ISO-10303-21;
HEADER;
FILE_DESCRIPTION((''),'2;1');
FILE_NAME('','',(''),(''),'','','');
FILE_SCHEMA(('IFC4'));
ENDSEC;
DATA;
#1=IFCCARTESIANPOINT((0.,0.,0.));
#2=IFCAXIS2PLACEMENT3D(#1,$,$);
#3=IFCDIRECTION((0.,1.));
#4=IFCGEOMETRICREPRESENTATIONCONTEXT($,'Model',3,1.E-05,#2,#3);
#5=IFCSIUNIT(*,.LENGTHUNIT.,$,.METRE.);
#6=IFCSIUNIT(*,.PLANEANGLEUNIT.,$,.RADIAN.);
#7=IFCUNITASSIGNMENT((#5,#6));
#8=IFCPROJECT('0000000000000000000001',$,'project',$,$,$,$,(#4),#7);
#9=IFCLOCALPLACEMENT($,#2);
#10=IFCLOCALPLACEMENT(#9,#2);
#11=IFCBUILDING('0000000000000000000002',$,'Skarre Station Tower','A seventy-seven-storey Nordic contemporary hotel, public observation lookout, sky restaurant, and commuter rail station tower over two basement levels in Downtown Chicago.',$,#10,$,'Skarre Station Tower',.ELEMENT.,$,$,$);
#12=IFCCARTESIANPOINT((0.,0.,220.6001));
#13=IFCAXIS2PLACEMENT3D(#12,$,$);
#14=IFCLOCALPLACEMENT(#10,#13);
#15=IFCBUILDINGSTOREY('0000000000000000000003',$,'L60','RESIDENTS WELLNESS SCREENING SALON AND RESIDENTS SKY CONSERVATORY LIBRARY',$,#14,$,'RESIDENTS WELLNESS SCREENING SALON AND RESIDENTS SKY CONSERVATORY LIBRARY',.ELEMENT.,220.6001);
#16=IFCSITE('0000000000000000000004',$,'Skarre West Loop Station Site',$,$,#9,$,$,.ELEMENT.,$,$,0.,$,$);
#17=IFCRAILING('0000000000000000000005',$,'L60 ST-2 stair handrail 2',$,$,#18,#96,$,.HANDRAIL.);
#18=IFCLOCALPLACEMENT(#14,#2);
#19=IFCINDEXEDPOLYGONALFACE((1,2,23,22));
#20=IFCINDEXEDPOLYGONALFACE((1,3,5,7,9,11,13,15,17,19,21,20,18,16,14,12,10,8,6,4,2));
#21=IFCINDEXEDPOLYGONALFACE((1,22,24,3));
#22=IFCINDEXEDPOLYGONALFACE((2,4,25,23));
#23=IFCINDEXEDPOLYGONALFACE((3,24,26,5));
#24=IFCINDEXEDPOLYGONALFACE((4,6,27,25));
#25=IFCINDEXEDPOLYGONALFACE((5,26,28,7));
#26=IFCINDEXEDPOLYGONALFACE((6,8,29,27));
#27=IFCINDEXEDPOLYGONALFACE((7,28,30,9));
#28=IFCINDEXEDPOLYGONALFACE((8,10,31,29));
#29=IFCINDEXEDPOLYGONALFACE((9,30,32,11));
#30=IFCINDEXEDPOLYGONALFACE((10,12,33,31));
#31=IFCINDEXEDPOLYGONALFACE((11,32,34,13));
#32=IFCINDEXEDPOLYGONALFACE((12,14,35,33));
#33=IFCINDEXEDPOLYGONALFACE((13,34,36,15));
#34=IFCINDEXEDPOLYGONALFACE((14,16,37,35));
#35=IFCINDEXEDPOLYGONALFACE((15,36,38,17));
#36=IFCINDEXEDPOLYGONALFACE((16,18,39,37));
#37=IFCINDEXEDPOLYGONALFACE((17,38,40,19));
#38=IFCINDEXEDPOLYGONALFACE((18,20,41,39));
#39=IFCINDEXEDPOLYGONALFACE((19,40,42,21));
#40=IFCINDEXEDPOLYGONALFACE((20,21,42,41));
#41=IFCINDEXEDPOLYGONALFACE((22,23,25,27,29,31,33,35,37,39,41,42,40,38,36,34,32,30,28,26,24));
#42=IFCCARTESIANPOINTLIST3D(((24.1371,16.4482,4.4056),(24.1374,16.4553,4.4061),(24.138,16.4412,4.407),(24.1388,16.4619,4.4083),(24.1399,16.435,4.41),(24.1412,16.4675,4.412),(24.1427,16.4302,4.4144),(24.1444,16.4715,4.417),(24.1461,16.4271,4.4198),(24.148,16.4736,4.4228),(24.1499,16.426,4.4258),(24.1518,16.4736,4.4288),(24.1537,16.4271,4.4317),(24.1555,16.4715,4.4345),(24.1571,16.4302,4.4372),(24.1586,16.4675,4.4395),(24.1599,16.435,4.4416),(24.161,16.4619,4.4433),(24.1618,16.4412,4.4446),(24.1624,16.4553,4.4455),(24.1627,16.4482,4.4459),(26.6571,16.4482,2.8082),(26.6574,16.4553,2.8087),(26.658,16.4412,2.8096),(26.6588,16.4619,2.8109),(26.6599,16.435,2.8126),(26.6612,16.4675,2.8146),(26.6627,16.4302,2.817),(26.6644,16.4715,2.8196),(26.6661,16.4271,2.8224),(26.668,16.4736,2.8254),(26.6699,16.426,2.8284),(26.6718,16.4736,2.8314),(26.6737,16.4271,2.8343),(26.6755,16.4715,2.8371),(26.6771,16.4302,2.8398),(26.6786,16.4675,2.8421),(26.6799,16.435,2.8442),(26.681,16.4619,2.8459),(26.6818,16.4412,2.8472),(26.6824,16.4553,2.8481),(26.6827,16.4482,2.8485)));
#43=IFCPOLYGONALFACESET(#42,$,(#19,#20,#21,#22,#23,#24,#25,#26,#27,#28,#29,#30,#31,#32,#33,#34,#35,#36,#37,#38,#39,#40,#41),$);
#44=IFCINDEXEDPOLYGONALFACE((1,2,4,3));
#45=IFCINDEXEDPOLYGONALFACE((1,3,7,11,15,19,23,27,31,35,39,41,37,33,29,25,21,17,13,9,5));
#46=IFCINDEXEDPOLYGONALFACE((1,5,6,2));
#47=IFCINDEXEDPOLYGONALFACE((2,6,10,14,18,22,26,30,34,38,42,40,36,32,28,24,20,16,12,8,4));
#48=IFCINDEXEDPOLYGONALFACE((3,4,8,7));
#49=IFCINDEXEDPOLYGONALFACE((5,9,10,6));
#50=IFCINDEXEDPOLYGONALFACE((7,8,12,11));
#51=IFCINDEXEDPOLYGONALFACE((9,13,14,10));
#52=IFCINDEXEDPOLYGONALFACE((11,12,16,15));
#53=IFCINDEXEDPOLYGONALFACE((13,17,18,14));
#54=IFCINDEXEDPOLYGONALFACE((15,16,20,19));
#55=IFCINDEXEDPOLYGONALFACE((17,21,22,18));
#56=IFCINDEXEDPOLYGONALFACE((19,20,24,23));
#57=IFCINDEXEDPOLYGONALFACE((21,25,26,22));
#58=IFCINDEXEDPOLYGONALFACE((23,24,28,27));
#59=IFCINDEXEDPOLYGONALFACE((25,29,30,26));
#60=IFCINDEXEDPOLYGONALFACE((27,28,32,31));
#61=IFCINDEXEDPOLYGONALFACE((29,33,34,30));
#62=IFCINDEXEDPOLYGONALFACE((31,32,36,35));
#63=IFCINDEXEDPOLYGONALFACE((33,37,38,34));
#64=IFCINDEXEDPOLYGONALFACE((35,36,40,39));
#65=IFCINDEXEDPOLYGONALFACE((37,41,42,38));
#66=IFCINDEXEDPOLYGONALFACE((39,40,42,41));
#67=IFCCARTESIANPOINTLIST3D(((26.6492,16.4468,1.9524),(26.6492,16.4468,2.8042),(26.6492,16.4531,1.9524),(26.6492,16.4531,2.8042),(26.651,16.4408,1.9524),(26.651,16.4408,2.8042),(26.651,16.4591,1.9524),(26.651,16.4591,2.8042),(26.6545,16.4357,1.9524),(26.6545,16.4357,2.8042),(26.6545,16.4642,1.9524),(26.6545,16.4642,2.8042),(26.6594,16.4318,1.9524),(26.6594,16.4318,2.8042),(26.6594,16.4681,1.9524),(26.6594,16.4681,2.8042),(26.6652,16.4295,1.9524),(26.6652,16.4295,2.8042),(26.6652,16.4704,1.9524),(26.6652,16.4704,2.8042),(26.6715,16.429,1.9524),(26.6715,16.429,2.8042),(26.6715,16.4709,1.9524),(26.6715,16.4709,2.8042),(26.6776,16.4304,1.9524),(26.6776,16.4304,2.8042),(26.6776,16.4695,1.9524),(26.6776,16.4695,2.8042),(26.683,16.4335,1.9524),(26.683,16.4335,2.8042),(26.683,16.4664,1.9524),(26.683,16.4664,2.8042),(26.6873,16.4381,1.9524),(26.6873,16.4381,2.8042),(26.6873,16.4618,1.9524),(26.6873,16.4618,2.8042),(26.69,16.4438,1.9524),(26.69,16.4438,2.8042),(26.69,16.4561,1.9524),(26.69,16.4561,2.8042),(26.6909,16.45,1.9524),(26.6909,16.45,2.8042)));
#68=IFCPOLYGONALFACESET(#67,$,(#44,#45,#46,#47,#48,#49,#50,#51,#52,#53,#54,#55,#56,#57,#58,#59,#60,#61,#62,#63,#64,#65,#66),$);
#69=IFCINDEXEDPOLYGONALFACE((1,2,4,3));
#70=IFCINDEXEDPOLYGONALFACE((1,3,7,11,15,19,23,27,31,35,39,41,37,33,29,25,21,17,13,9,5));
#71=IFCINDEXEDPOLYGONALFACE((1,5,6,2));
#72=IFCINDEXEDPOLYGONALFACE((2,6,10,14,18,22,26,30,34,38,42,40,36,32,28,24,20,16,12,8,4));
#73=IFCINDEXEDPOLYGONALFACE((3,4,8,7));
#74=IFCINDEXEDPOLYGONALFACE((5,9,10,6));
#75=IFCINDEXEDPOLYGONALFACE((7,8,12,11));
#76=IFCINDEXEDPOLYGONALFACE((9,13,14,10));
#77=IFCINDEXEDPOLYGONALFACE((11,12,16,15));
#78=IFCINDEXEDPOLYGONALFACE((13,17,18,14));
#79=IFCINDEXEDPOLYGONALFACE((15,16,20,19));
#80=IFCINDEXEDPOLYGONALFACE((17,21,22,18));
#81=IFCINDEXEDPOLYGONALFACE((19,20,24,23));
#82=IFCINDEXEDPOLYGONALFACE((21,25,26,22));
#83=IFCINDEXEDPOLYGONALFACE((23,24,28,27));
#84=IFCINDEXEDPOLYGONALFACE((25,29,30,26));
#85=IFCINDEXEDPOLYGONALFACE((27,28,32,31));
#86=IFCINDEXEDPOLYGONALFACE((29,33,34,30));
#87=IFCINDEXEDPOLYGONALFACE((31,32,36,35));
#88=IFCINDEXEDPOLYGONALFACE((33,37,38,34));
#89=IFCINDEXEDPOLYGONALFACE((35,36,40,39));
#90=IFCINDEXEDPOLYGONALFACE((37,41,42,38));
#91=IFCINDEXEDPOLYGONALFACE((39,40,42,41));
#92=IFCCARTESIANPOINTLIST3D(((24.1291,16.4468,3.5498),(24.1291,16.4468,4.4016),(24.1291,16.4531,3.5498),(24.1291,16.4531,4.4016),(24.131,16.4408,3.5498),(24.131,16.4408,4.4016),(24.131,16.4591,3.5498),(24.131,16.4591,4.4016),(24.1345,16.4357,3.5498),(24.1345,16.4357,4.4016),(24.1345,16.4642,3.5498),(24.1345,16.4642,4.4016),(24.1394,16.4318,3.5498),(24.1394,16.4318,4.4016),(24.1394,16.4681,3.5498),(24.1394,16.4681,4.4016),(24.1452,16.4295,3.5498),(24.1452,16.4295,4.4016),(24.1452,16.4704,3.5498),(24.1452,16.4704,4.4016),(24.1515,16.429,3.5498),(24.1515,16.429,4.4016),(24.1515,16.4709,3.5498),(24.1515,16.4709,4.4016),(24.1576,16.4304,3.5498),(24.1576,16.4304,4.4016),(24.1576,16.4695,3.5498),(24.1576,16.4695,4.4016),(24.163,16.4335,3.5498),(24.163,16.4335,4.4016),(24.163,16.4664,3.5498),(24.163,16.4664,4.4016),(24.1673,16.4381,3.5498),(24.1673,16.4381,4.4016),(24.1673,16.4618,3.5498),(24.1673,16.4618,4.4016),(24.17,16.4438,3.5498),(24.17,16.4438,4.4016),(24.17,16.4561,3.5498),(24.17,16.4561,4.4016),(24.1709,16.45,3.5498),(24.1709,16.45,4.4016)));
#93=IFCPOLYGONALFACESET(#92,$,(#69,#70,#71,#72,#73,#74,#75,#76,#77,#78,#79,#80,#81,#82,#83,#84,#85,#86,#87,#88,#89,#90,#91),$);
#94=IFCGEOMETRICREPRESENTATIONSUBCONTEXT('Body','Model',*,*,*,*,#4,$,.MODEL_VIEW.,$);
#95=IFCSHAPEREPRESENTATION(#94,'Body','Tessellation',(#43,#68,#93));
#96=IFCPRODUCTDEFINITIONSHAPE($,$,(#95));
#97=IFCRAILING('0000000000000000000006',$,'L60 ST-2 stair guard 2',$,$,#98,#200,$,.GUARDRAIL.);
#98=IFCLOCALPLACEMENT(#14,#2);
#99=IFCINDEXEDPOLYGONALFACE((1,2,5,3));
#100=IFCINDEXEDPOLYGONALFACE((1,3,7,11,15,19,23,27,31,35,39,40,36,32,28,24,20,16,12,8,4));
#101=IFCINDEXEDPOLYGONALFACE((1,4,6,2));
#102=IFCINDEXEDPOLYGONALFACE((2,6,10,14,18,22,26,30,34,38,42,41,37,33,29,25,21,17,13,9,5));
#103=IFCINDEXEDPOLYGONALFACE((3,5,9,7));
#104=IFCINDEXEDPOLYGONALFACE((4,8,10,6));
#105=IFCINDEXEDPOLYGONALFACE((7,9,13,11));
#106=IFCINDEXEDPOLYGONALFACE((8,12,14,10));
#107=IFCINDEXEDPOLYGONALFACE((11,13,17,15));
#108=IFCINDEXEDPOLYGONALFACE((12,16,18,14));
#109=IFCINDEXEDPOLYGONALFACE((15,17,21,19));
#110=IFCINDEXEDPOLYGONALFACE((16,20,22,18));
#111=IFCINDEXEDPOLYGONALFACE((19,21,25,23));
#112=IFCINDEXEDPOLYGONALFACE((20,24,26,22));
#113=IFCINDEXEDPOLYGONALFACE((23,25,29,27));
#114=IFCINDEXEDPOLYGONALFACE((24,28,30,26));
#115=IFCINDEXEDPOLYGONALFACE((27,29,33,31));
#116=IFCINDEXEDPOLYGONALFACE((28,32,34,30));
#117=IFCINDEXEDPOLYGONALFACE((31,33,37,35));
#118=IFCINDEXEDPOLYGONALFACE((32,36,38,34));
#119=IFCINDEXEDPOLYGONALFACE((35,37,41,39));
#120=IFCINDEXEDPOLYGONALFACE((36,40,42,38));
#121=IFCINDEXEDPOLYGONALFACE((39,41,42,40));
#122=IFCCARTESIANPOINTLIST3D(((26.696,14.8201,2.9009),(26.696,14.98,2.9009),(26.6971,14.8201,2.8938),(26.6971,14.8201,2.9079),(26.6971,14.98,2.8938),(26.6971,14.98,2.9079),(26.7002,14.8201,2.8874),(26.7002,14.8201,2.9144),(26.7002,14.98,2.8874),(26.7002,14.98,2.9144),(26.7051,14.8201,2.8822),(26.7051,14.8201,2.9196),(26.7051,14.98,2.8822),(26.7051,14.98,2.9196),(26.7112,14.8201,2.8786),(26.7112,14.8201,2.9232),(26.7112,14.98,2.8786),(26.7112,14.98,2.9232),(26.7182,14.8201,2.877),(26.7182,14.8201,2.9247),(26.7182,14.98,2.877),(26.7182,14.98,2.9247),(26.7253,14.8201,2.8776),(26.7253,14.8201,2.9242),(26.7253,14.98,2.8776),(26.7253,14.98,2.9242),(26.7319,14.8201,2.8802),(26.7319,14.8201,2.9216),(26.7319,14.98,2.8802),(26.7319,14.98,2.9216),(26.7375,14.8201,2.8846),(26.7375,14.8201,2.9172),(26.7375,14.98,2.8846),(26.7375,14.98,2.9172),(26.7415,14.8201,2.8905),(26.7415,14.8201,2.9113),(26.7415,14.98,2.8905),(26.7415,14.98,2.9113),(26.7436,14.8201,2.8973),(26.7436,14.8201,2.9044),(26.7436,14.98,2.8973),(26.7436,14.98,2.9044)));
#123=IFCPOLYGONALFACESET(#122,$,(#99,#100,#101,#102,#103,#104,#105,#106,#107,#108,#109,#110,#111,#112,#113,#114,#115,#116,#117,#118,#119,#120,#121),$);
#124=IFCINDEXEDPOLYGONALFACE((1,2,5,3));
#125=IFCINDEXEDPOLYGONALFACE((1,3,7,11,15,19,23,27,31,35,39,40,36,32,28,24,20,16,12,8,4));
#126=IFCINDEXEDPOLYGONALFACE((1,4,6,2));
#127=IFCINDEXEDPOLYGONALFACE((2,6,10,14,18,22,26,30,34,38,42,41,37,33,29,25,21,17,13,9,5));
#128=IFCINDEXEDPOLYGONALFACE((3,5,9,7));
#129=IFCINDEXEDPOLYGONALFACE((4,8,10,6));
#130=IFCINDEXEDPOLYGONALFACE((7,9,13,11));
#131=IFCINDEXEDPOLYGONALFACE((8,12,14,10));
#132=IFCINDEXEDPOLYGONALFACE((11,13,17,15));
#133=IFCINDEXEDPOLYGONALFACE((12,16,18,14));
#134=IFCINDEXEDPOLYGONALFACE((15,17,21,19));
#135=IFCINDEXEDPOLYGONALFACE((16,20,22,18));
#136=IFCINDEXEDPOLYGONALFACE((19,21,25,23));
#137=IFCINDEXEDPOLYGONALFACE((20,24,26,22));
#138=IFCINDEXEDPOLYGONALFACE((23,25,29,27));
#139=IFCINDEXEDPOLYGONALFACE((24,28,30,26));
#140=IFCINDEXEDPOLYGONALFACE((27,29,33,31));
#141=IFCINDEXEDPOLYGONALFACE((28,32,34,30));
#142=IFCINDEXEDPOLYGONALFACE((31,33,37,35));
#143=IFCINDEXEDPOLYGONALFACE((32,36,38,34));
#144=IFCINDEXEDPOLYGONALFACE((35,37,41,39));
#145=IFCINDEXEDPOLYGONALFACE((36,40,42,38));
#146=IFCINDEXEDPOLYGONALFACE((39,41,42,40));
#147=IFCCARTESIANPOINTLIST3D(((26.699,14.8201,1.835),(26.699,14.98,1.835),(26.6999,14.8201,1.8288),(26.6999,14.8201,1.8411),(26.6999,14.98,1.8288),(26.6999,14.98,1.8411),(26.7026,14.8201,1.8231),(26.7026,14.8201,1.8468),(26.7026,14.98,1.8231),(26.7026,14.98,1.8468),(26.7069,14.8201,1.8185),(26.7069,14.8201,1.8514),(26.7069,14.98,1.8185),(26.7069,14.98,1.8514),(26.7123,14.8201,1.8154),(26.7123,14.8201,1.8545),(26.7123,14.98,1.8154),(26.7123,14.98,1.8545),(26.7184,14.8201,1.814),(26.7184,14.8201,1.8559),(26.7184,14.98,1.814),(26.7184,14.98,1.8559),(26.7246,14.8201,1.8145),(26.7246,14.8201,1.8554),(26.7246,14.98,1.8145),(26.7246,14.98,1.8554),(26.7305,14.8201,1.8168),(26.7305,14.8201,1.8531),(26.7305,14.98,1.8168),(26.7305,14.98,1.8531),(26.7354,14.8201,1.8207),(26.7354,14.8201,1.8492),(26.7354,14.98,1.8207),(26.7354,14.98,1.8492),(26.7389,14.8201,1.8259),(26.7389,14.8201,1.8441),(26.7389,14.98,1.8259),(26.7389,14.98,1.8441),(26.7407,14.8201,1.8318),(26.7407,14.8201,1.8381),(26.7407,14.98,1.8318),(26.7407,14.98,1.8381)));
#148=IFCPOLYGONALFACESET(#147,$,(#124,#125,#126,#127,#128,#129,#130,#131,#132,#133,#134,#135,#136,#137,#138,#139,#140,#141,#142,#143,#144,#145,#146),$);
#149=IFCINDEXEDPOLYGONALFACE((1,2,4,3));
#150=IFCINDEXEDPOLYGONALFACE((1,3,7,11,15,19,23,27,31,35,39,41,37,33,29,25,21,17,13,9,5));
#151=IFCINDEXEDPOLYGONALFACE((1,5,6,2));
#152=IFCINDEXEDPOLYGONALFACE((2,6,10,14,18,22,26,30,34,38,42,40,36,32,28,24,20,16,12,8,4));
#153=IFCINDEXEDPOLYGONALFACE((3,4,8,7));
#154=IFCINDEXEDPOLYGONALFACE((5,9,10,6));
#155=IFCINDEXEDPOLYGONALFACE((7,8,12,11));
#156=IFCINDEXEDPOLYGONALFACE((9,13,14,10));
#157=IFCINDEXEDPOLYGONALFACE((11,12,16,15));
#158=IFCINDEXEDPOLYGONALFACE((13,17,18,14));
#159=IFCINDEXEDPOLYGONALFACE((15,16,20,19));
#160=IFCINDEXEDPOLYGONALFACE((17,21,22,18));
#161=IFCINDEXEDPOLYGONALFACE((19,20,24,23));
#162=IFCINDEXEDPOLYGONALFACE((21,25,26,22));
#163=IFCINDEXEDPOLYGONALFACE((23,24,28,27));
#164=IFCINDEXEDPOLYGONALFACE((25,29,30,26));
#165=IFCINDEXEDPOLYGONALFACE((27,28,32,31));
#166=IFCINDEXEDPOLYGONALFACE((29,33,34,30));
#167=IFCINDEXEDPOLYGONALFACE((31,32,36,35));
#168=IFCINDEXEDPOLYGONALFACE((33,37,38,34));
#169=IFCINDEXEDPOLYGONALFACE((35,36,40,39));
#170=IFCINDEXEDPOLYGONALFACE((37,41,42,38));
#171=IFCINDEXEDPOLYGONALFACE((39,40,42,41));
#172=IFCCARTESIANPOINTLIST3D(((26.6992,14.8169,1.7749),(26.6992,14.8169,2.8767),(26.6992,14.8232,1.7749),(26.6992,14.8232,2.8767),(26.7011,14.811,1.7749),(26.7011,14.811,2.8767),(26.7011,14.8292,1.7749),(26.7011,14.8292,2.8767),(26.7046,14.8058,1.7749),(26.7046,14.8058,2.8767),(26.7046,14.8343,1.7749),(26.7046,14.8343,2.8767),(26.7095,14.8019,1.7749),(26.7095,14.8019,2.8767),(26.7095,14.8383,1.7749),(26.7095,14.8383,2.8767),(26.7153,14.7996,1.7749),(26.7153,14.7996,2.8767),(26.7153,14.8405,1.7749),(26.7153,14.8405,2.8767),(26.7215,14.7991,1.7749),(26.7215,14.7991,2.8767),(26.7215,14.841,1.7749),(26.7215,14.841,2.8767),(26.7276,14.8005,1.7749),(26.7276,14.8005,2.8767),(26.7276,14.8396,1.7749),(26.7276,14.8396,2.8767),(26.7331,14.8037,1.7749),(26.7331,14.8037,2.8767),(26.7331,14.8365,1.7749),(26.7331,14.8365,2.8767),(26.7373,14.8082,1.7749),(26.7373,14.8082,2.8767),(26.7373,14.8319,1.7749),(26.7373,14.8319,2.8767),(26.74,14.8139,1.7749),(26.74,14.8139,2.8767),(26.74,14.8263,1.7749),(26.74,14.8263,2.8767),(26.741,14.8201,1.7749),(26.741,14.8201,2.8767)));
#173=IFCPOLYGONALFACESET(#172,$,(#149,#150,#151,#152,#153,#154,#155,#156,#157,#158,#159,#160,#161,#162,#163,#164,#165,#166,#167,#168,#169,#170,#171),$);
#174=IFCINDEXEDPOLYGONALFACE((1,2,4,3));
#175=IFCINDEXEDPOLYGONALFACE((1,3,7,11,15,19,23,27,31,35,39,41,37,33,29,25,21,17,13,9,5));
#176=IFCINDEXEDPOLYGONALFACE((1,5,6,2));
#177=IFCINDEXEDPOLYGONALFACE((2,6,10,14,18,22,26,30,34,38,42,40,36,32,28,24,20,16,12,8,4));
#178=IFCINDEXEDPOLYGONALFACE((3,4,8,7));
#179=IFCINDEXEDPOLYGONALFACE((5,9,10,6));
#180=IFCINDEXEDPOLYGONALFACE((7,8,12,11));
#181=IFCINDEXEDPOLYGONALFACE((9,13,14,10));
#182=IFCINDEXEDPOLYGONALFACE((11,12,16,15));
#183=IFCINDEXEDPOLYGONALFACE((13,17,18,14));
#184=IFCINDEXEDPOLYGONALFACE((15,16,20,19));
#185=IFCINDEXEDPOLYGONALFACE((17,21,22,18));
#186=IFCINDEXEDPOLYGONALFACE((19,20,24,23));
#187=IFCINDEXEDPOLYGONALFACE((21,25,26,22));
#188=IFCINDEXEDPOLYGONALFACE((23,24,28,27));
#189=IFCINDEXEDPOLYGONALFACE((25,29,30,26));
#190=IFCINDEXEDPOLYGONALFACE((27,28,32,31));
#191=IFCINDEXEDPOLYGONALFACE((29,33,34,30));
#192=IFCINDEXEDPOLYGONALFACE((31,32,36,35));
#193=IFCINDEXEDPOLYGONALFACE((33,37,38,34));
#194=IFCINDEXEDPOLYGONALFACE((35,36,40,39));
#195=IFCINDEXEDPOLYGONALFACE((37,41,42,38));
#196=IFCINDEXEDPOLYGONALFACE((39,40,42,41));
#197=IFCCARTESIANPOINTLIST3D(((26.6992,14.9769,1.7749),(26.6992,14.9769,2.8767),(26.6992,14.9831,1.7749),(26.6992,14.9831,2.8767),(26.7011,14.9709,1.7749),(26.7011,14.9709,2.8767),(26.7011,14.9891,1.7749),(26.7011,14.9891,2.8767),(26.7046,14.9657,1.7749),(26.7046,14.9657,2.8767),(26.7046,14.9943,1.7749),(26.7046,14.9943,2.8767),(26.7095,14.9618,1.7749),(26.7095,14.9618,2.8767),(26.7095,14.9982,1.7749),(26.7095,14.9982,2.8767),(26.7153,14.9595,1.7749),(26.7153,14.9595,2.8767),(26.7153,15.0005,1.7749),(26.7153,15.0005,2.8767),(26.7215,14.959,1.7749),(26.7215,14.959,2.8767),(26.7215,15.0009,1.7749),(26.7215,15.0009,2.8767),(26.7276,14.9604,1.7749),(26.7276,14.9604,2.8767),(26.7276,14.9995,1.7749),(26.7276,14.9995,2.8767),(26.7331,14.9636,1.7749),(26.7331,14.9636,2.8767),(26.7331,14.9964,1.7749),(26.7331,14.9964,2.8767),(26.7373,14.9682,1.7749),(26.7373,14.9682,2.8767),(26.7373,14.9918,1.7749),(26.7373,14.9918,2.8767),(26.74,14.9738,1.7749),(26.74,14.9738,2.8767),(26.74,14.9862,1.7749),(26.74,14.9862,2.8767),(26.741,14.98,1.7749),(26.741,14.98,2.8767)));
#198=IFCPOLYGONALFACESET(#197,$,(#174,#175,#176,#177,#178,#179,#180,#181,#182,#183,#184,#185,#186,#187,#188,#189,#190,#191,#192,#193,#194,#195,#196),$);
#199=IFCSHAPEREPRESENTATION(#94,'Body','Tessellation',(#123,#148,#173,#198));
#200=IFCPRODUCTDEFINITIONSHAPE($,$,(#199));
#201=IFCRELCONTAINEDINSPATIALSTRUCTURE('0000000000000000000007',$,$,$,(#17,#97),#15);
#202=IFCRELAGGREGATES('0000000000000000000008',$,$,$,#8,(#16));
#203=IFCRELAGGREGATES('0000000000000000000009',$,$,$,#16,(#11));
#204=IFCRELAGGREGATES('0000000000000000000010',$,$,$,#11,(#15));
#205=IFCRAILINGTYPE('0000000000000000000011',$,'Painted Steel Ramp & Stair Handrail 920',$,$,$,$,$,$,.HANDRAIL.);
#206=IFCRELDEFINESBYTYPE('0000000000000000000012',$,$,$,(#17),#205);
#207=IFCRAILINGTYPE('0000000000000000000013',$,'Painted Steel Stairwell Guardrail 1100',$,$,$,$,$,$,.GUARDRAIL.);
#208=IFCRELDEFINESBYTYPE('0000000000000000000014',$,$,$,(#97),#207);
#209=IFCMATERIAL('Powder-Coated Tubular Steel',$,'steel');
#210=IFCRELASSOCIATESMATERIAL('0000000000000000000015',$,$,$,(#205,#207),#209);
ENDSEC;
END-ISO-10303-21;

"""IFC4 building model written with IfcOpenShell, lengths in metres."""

from ifc_helpers import new_model, si_unit, direction, frame, origin, origin_2d, place, context, subcontext, project, spatial, circle, extrude, material, type_object, element, save


model = new_model("IFC4")

# Units and contexts
model_context = context("Model", 3, precision=1e-05, world=origin(), true_north=direction((0.0, 1.0)))
body_context = subcontext(model_context, "Body", "Model", "MODEL_VIEW")
ifc_project = project(units=[si_unit("LENGTHUNIT", "METRE"), si_unit("PLANEANGLEUNIT", "RADIAN")], contexts=[model_context])

# Site, building, storey
site_placement = place(None, origin())
site = spatial("IfcSite", under=ifc_project, at=site_placement, Name="Skarre West Loop Station Site", CompositionType="ELEMENT", RefElevation=0.0)
building_placement = place(site_placement, origin())
building = spatial("IfcBuilding", under=site, at=building_placement, Name="Skarre Station Tower", Description="A seventy-seven-storey Nordic contemporary hotel, public observation lookout, sky restaurant, and commuter rail station tower over two basement levels in Downtown Chicago.", LongName="Skarre Station Tower", CompositionType="ELEMENT")
storey_placement = place(building_placement, frame((0.0, 0.0, 220.6001)))
storey = spatial("IfcBuildingStorey", under=building, at=storey_placement, Name="L60", Description="RESIDENTS WELLNESS SCREENING SALON AND RESIDENTS SKY CONSERVATORY LIBRARY", LongName="RESIDENTS WELLNESS SCREENING SALON AND RESIDENTS SKY CONSERVATORY LIBRARY", CompositionType="ELEMENT", Elevation=220.6001)

# Railings
ifc_material_1 = material(Name="Powder-Coated Tubular Steel", Category="steel")
railing_type_1 = type_object("IfcRailingType", Name="Painted Steel Ramp & Stair Handrail 920", PredefinedType="HANDRAIL", material=ifc_material_1)
railing_1_placement = place(storey_placement, frame((26.6699, 16.45, 1.9524)))
element("IfcRailing", 1, at=railing_1_placement, inside=storey, type_object=railing_type_1, Name="L60 ST-2 stair handrail 2", PredefinedType="HANDRAIL", context=body_context, shape_type="SweptSolid", body=[
    extrude(circle(Radius=0.0239, at=origin_2d()), frame((0.0, 0.0, 0.876), z_axis=(-0.844607, 0.0, 0.535387), x_axis=(0.0, -1.0, 0.0)), (0.0, 0.0, 1.0), 2.9836),
    extrude(circle(Radius=0.021, at=origin_2d()), origin(), (0.0, 0.0, 1.0), 0.8518),
    extrude(circle(Radius=0.021, at=origin_2d()), frame((-2.52, 0.0, 1.5974)), (0.0, 0.0, 1.0), 0.8518),
])
railing_type_2 = type_object("IfcRailingType", Name="Painted Steel Stairwell Guardrail 1100", PredefinedType="GUARDRAIL", material=ifc_material_1)
railing_2_placement = place(storey_placement, frame((26.72, 14.8201, 1.7749)))
element("IfcRailing", 2, at=railing_2_placement, inside=storey, type_object=railing_type_2, Name="L60 ST-2 stair guard 2", PredefinedType="GUARDRAIL", context=body_context, shape_type="SweptSolid", body=[
    extrude(circle(Radius=0.0239, at=origin_2d()), frame((0.0, 0.0, 1.126), z_axis=(0.0, 1.0, 0.0), x_axis=(-1.0, 0.0, 0.0)), (0.0, 0.0, 1.0), 0.1599),
    extrude(circle(Radius=0.021, at=origin_2d()), frame((0.0, 0.0, 0.0601), z_axis=(0.0, 1.0, 0.0), x_axis=(-1.0, 0.0, 0.0)), (0.0, 0.0, 1.0), 0.1599),
    extrude(circle(Radius=0.021, at=origin_2d()), origin(), (0.0, 0.0, 1.0), 1.1018),
    extrude(circle(Radius=0.021, at=origin_2d()), frame((0.0, 0.1599, 0.0)), (0.0, 0.0, 1.0), 1.1018),
])

save(model, "model.ifc")
